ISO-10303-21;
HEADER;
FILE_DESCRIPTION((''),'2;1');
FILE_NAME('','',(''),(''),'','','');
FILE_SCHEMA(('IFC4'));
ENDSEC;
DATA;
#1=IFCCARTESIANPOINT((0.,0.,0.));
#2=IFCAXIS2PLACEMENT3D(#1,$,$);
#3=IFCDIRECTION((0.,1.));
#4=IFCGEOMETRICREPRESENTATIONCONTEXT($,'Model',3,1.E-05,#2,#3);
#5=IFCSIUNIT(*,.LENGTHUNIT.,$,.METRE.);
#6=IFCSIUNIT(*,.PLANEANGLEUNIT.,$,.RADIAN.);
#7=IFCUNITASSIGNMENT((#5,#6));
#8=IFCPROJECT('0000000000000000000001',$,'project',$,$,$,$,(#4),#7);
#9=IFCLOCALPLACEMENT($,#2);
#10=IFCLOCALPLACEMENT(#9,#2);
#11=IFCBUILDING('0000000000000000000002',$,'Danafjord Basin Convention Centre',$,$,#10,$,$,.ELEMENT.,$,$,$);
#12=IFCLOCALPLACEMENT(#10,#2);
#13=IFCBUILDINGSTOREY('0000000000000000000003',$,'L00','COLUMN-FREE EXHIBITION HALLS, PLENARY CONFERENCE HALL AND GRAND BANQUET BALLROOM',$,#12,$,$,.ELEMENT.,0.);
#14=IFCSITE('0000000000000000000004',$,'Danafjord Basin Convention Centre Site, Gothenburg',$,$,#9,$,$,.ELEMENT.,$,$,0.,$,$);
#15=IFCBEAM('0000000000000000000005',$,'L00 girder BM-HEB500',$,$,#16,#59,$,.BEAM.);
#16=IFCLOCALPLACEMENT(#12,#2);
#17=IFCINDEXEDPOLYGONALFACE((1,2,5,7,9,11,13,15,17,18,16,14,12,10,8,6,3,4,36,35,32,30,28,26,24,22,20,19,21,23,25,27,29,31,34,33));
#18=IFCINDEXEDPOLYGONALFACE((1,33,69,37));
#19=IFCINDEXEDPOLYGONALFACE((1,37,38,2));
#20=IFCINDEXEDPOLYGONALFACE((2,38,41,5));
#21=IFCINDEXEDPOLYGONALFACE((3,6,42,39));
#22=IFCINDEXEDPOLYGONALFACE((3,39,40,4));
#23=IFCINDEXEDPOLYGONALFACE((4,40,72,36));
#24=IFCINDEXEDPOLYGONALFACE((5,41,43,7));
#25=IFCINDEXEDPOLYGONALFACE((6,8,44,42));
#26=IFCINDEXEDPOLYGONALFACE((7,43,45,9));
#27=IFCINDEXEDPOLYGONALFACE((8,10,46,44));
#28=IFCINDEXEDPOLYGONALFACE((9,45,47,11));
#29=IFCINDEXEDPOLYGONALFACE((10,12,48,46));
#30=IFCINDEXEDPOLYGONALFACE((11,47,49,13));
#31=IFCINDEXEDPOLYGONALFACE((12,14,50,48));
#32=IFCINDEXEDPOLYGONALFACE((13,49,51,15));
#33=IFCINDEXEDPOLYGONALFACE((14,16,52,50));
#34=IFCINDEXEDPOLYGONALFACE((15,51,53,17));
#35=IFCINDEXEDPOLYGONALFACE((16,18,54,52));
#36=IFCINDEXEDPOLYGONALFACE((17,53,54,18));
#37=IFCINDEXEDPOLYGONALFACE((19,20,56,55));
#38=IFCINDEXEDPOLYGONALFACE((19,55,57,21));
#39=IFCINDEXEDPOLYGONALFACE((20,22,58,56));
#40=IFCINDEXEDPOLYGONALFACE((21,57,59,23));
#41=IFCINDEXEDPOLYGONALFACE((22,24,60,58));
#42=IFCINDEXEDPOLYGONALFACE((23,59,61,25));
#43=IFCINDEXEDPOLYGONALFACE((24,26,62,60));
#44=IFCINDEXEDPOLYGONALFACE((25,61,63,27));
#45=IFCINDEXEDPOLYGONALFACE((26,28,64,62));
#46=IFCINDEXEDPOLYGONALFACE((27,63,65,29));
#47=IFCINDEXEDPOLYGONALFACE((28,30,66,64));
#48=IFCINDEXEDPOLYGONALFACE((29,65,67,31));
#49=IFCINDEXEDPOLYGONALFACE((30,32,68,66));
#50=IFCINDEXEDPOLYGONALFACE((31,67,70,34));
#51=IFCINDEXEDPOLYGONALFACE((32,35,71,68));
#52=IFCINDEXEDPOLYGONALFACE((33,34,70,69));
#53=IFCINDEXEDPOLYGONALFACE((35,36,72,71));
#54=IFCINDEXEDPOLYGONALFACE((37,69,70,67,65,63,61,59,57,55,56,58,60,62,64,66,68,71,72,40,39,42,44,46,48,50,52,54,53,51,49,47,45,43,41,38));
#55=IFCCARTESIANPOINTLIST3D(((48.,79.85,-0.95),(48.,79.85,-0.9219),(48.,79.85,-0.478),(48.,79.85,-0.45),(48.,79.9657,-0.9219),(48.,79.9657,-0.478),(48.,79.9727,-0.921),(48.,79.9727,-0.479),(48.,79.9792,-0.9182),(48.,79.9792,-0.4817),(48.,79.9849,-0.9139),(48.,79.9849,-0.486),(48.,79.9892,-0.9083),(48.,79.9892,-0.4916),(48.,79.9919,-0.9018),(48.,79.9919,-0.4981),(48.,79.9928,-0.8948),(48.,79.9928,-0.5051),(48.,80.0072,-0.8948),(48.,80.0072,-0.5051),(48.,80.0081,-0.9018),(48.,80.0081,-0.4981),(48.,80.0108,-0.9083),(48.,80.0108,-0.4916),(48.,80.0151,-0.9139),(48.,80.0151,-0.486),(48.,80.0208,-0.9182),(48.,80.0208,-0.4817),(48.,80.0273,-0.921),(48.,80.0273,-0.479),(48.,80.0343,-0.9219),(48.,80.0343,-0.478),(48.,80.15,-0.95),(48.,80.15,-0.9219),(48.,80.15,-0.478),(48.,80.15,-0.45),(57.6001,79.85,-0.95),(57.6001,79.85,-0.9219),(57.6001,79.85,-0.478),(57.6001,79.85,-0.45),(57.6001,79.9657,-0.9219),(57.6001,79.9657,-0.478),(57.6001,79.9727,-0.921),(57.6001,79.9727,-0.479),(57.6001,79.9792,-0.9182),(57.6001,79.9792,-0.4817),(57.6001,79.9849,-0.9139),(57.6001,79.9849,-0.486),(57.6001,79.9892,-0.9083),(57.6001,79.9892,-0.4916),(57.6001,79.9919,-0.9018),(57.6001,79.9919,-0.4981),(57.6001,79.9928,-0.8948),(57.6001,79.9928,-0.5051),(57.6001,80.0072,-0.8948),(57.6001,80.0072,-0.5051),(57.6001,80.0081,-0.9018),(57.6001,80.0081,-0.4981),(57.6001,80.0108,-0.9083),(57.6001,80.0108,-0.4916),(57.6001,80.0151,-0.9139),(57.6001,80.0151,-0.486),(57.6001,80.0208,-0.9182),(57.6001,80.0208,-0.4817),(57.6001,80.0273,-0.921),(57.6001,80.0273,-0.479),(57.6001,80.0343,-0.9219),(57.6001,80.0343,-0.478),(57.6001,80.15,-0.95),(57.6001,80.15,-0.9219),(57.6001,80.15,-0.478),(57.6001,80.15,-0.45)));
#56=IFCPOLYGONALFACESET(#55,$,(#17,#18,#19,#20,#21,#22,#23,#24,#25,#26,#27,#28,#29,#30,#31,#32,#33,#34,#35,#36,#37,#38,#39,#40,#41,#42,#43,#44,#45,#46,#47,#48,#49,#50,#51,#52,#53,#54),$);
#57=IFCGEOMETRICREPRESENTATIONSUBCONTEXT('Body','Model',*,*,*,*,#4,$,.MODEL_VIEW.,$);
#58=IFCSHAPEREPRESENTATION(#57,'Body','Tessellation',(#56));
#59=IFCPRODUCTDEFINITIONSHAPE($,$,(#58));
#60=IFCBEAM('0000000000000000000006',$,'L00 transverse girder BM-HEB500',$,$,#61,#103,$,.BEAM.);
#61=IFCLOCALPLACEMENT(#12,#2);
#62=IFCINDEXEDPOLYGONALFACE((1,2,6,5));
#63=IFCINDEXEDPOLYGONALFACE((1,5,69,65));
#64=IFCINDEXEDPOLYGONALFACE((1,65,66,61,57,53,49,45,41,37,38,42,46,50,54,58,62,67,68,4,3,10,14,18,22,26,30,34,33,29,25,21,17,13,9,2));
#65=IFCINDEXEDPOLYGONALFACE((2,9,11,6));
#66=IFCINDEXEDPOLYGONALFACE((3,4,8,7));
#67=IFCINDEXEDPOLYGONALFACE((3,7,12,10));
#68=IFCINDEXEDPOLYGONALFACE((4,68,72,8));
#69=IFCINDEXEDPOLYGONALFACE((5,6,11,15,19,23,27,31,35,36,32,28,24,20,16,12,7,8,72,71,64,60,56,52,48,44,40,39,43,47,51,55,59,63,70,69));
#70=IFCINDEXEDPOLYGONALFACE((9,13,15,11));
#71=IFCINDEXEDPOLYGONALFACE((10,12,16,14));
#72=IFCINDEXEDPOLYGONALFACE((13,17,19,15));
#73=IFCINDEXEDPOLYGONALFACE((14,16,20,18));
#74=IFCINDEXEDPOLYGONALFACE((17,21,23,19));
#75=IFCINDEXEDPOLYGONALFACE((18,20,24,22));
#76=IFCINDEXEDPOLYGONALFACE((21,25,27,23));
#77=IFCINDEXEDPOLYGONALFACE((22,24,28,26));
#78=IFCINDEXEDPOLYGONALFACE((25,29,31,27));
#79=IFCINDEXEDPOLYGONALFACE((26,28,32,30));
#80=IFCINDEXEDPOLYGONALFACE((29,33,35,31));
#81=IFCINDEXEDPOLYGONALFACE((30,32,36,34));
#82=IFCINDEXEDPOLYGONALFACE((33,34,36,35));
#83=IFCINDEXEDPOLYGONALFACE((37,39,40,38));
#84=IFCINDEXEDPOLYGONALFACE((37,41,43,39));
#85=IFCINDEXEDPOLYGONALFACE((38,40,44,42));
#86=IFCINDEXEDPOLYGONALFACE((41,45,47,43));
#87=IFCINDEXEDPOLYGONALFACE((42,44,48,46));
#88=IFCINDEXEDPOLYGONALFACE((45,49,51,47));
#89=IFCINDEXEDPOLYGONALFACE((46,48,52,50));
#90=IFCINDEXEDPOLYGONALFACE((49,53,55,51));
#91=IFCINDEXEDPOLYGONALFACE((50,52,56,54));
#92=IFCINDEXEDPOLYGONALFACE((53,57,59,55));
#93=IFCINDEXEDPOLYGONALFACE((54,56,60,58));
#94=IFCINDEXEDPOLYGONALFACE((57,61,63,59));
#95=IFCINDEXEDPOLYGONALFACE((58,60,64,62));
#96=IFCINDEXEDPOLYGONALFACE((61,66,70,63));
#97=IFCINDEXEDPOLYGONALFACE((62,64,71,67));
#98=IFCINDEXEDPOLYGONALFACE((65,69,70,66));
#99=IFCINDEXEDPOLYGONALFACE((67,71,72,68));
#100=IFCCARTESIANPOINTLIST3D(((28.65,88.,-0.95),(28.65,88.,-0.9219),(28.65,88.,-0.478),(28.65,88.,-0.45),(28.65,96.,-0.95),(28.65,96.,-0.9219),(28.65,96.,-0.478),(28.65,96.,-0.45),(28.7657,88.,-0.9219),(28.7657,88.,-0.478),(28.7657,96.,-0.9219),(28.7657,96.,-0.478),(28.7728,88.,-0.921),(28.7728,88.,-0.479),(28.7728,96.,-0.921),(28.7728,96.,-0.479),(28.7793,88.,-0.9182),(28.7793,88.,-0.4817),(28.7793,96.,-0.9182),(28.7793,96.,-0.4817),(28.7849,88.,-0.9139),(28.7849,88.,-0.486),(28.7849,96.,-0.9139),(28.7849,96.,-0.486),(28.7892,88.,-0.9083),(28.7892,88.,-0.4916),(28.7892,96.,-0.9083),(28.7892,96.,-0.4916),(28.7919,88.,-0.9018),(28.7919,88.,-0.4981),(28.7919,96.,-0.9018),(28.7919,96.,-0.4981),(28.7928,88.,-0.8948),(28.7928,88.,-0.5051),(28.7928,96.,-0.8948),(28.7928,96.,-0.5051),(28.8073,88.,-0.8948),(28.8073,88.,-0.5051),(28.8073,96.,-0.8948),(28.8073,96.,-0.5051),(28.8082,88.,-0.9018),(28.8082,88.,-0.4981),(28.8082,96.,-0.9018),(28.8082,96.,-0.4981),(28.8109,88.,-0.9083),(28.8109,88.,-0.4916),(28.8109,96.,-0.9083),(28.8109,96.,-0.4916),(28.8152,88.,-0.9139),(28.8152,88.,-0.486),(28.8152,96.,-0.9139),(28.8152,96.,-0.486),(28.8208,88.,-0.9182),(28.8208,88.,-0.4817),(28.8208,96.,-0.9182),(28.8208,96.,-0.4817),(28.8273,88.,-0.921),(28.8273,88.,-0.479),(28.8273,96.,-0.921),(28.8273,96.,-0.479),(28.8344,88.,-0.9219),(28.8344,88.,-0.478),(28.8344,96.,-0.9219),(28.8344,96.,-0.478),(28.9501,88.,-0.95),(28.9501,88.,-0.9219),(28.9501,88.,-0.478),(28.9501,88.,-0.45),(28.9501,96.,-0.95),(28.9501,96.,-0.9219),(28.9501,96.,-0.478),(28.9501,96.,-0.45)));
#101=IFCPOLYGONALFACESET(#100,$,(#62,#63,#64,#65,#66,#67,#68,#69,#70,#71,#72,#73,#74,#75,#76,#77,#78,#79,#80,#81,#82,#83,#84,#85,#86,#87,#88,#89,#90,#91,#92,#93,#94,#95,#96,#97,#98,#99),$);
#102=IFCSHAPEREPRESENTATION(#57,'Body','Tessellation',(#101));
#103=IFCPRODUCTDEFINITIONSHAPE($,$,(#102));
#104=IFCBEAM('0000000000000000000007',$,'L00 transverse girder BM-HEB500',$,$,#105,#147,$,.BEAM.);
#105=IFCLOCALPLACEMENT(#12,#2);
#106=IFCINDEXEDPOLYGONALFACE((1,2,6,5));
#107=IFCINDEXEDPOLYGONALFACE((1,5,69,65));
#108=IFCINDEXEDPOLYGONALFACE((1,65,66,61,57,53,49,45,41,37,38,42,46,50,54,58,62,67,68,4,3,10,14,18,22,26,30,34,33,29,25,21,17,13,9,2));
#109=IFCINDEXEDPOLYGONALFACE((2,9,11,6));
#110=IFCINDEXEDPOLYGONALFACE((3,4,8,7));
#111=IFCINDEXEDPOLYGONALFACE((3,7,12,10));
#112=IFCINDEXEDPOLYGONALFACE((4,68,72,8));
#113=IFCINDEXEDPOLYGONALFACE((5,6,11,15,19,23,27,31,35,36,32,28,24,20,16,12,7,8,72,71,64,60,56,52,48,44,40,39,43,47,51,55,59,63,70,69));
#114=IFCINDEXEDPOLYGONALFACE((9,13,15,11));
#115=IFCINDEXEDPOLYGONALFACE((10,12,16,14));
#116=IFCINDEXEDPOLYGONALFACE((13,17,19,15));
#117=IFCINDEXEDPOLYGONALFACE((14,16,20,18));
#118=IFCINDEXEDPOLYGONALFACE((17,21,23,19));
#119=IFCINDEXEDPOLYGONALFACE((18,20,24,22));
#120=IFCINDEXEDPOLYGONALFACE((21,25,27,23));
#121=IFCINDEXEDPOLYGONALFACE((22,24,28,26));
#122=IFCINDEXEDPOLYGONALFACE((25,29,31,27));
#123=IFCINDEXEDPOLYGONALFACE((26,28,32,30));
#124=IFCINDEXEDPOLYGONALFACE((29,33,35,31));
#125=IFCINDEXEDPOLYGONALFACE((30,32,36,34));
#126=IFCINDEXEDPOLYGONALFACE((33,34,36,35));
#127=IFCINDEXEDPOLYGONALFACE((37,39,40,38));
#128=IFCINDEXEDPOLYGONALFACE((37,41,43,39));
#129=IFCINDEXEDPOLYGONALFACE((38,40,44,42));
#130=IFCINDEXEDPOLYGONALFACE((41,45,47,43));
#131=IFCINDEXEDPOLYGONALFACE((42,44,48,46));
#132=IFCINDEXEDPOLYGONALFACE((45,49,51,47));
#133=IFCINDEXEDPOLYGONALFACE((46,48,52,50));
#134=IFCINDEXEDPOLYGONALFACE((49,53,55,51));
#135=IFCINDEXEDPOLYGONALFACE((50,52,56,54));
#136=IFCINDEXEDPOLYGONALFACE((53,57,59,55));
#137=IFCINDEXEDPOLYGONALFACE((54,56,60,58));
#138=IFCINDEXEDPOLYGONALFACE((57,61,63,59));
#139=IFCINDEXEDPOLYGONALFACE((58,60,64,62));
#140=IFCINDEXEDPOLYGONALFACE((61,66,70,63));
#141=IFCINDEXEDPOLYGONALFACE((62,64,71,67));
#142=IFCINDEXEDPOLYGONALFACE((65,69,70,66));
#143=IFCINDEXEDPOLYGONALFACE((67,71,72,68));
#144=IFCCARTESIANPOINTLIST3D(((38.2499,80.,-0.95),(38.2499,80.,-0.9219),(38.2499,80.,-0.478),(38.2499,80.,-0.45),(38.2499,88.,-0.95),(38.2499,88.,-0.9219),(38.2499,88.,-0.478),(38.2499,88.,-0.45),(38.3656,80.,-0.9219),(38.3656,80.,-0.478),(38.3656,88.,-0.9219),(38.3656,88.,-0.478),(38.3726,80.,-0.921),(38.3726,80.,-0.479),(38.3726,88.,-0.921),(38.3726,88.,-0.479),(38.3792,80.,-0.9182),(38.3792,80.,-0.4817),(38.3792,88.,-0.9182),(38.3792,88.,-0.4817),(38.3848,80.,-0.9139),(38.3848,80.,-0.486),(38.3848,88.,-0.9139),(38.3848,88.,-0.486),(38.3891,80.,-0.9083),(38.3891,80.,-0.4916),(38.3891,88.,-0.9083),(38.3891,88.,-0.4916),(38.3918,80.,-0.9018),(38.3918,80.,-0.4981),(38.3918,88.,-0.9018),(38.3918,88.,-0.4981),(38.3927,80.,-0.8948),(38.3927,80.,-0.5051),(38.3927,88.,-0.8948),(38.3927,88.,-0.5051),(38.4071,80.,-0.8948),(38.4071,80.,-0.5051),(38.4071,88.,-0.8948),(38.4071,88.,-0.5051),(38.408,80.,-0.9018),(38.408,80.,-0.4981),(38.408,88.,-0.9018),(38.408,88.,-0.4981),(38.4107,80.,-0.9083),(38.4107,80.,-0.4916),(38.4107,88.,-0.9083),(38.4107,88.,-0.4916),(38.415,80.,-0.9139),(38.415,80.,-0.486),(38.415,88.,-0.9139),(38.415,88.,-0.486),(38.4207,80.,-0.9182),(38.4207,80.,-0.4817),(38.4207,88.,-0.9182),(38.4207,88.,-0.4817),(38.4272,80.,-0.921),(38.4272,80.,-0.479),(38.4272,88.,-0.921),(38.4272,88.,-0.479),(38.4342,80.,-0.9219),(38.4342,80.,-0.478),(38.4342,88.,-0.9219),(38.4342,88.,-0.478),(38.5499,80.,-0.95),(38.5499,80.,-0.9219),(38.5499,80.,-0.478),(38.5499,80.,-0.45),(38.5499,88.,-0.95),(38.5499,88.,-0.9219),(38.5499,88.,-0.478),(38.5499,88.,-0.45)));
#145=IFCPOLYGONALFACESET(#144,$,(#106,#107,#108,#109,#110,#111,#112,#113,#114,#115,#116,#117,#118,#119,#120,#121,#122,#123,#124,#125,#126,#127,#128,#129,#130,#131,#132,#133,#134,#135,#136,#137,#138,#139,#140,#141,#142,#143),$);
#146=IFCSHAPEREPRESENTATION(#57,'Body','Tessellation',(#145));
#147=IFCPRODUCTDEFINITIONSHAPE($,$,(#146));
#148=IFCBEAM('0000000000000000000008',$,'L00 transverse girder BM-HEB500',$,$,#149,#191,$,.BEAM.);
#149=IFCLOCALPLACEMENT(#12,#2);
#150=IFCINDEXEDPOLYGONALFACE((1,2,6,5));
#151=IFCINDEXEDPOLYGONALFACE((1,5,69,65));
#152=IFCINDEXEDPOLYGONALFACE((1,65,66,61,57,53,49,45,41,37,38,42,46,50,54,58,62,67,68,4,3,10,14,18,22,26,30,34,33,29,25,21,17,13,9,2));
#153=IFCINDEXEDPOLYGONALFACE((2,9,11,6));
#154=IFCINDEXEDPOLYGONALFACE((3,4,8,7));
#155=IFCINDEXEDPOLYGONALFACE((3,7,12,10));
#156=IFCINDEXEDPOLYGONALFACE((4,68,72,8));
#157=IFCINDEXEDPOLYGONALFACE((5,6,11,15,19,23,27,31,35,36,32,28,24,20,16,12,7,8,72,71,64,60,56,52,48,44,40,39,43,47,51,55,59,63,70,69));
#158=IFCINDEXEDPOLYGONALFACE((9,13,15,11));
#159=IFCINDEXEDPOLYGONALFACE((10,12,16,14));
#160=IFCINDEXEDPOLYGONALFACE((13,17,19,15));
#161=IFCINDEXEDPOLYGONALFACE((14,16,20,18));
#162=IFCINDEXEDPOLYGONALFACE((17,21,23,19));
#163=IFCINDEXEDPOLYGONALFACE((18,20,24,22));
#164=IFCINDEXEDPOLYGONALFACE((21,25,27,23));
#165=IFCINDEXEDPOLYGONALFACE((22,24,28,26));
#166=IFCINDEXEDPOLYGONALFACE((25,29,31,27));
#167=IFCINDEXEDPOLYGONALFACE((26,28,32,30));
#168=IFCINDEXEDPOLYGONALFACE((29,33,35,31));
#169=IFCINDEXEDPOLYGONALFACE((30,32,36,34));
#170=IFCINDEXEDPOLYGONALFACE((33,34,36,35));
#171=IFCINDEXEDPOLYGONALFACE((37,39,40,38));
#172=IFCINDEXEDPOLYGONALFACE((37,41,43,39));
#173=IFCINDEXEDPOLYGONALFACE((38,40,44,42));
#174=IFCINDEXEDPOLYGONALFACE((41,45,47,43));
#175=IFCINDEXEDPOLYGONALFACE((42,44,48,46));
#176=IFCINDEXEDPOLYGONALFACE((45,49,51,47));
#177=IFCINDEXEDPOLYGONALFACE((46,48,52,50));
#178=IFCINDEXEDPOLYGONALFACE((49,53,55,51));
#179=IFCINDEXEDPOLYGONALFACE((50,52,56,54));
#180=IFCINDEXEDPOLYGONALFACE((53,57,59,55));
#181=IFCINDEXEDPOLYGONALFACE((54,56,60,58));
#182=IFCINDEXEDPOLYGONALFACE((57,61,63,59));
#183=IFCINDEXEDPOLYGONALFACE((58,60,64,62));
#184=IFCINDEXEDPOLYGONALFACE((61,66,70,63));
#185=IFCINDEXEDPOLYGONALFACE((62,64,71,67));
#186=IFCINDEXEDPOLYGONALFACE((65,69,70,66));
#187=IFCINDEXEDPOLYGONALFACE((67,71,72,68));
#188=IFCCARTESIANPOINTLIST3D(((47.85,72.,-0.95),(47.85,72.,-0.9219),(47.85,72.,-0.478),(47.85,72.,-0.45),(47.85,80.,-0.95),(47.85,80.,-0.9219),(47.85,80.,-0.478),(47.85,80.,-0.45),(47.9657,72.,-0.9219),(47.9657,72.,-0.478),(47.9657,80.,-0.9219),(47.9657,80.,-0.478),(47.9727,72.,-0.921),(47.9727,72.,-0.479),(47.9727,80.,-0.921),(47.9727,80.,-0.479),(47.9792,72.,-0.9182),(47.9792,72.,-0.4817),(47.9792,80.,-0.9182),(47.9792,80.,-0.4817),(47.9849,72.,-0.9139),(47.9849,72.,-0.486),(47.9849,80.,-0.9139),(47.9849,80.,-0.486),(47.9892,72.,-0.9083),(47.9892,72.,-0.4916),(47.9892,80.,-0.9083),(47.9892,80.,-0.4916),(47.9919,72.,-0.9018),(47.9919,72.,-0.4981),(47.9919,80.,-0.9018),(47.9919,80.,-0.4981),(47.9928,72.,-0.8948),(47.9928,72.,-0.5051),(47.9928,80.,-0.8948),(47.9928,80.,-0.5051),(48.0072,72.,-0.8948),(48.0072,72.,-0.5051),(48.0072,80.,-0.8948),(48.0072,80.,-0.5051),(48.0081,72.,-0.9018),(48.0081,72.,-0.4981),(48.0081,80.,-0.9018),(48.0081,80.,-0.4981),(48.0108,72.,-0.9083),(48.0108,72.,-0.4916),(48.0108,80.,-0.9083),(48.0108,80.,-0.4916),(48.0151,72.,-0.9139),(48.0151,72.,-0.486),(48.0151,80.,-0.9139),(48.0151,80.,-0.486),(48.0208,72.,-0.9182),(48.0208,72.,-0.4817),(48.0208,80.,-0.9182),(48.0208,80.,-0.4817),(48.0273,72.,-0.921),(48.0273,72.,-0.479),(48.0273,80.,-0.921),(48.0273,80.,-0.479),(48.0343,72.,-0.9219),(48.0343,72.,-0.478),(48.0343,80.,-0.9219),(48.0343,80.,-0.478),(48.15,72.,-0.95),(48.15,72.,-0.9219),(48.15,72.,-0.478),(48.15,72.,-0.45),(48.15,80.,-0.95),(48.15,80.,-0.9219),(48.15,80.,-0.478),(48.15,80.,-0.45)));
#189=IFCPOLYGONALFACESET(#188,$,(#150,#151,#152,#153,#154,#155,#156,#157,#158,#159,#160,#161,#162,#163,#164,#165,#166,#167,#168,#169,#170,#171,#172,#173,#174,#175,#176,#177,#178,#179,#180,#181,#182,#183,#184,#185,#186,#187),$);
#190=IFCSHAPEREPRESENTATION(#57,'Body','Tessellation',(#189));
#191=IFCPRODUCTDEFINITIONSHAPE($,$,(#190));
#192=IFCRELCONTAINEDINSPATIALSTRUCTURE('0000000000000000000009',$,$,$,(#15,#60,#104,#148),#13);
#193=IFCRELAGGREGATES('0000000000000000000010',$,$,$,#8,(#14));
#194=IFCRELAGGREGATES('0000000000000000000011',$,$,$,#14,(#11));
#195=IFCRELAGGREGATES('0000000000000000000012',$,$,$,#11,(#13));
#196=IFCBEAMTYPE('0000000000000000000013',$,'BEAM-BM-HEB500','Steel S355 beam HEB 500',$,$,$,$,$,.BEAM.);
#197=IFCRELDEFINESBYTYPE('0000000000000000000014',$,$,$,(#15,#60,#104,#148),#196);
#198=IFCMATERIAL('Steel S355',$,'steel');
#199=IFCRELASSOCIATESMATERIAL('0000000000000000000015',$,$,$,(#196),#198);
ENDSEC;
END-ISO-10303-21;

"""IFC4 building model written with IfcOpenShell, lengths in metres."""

from ifc_helpers import new_model, si_unit, direction, frame, origin, origin_2d, place, context, subcontext, project, spatial, i_section, extrude, material, material_profile, profile_set, type_object, element, save


model = new_model("IFC4")

# Units and contexts
model_context = context("Model", 3, precision=1e-05, world=origin(), true_north=direction((0.0, 1.0)))
body_context = subcontext(model_context, "Body", "Model", "MODEL_VIEW")
ifc_project = project(units=[si_unit("LENGTHUNIT", "METRE"), si_unit("PLANEANGLEUNIT", "RADIAN")], contexts=[model_context])

# Site, building, storey
site_placement = place(None, origin())
site = spatial("IfcSite", under=ifc_project, at=site_placement, Name="Danafjord Basin Convention Centre Site, Gothenburg", CompositionType="ELEMENT", RefElevation=0.0)
building_placement = place(site_placement, origin())
building = spatial("IfcBuilding", under=site, at=building_placement, Name="Danafjord Basin Convention Centre", CompositionType="ELEMENT")
storey_placement = place(building_placement, origin())
storey = spatial("IfcBuildingStorey", under=building, at=storey_placement, Name="L00", Description="COLUMN-FREE EXHIBITION HALLS, PLENARY CONFERENCE HALL AND GRAND BANQUET BALLROOM", CompositionType="ELEMENT", Elevation=0.0)

# Beams
ifc_material = material(Name="Steel S355", Category="steel")
ifc_material_profile_1 = material_profile(ifc_material, i_section(OverallWidth=0.3, OverallDepth=0.5, WebThickness=0.0144, FlangeThickness=0.0281, FilletRadius=0.0271, at=origin_2d()), Name="HEB 500")
ifc_profile_set_1 = profile_set([ifc_material_profile_1], Name="Steel S355")
beam_type_1 = type_object("IfcBeamType", Name="BEAM-BM-HEB500", Description="Steel S355 beam HEB 500", PredefinedType="BEAM", material=ifc_profile_set_1)
beam_1_placement = place(storey_placement, frame((48.0, 80.0, -0.7), z_axis=(1.0, 0.0, 0.0), x_axis=(0.0, 1.0, 0.0)))
element("IfcBeam", 1, at=beam_1_placement, inside=storey, type_object=beam_type_1, Name="L00 girder BM-HEB500", PredefinedType="BEAM", context=body_context, shape_type="SweptSolid", body=[
    extrude(i_section(OverallWidth=0.3, OverallDepth=0.5, WebThickness=0.0144, FlangeThickness=0.0281, FilletRadius=0.0271, at=origin_2d()), origin(), (0.0, 0.0, 1.0), 9.6001),
])
for number, where, z_axis, x_axis, name in (
    (2, (28.8, 88.0, -0.7), (0.0, 1.0, 0.0), (-1.0, 0.0, 0.0), "L00 transverse girder BM-HEB500"),
    (3, (38.3999, 80.0, -0.7), (0.0, 1.0, 0.0), (-1.0, 0.0, 0.0), "L00 transverse girder BM-HEB500"),
    (4, (48.0, 72.0, -0.7), (0.0, 1.0, 0.0), (-1.0, 0.0, 0.0), "L00 transverse girder BM-HEB500"),
):
    element("IfcBeam", number, at=place(storey_placement, frame(where, z_axis=z_axis, x_axis=x_axis)), inside=storey, type_object=beam_type_1, Name=name, PredefinedType="BEAM", context=body_context, shape_type="SweptSolid", body=[
        extrude(i_section(OverallWidth=0.3, OverallDepth=0.5, WebThickness=0.0144, FlangeThickness=0.0281, FilletRadius=0.0271, at=origin_2d()), origin(), (0.0, 0.0, 1.0), 8.0),
    ])

save(model, "model.ifc")
